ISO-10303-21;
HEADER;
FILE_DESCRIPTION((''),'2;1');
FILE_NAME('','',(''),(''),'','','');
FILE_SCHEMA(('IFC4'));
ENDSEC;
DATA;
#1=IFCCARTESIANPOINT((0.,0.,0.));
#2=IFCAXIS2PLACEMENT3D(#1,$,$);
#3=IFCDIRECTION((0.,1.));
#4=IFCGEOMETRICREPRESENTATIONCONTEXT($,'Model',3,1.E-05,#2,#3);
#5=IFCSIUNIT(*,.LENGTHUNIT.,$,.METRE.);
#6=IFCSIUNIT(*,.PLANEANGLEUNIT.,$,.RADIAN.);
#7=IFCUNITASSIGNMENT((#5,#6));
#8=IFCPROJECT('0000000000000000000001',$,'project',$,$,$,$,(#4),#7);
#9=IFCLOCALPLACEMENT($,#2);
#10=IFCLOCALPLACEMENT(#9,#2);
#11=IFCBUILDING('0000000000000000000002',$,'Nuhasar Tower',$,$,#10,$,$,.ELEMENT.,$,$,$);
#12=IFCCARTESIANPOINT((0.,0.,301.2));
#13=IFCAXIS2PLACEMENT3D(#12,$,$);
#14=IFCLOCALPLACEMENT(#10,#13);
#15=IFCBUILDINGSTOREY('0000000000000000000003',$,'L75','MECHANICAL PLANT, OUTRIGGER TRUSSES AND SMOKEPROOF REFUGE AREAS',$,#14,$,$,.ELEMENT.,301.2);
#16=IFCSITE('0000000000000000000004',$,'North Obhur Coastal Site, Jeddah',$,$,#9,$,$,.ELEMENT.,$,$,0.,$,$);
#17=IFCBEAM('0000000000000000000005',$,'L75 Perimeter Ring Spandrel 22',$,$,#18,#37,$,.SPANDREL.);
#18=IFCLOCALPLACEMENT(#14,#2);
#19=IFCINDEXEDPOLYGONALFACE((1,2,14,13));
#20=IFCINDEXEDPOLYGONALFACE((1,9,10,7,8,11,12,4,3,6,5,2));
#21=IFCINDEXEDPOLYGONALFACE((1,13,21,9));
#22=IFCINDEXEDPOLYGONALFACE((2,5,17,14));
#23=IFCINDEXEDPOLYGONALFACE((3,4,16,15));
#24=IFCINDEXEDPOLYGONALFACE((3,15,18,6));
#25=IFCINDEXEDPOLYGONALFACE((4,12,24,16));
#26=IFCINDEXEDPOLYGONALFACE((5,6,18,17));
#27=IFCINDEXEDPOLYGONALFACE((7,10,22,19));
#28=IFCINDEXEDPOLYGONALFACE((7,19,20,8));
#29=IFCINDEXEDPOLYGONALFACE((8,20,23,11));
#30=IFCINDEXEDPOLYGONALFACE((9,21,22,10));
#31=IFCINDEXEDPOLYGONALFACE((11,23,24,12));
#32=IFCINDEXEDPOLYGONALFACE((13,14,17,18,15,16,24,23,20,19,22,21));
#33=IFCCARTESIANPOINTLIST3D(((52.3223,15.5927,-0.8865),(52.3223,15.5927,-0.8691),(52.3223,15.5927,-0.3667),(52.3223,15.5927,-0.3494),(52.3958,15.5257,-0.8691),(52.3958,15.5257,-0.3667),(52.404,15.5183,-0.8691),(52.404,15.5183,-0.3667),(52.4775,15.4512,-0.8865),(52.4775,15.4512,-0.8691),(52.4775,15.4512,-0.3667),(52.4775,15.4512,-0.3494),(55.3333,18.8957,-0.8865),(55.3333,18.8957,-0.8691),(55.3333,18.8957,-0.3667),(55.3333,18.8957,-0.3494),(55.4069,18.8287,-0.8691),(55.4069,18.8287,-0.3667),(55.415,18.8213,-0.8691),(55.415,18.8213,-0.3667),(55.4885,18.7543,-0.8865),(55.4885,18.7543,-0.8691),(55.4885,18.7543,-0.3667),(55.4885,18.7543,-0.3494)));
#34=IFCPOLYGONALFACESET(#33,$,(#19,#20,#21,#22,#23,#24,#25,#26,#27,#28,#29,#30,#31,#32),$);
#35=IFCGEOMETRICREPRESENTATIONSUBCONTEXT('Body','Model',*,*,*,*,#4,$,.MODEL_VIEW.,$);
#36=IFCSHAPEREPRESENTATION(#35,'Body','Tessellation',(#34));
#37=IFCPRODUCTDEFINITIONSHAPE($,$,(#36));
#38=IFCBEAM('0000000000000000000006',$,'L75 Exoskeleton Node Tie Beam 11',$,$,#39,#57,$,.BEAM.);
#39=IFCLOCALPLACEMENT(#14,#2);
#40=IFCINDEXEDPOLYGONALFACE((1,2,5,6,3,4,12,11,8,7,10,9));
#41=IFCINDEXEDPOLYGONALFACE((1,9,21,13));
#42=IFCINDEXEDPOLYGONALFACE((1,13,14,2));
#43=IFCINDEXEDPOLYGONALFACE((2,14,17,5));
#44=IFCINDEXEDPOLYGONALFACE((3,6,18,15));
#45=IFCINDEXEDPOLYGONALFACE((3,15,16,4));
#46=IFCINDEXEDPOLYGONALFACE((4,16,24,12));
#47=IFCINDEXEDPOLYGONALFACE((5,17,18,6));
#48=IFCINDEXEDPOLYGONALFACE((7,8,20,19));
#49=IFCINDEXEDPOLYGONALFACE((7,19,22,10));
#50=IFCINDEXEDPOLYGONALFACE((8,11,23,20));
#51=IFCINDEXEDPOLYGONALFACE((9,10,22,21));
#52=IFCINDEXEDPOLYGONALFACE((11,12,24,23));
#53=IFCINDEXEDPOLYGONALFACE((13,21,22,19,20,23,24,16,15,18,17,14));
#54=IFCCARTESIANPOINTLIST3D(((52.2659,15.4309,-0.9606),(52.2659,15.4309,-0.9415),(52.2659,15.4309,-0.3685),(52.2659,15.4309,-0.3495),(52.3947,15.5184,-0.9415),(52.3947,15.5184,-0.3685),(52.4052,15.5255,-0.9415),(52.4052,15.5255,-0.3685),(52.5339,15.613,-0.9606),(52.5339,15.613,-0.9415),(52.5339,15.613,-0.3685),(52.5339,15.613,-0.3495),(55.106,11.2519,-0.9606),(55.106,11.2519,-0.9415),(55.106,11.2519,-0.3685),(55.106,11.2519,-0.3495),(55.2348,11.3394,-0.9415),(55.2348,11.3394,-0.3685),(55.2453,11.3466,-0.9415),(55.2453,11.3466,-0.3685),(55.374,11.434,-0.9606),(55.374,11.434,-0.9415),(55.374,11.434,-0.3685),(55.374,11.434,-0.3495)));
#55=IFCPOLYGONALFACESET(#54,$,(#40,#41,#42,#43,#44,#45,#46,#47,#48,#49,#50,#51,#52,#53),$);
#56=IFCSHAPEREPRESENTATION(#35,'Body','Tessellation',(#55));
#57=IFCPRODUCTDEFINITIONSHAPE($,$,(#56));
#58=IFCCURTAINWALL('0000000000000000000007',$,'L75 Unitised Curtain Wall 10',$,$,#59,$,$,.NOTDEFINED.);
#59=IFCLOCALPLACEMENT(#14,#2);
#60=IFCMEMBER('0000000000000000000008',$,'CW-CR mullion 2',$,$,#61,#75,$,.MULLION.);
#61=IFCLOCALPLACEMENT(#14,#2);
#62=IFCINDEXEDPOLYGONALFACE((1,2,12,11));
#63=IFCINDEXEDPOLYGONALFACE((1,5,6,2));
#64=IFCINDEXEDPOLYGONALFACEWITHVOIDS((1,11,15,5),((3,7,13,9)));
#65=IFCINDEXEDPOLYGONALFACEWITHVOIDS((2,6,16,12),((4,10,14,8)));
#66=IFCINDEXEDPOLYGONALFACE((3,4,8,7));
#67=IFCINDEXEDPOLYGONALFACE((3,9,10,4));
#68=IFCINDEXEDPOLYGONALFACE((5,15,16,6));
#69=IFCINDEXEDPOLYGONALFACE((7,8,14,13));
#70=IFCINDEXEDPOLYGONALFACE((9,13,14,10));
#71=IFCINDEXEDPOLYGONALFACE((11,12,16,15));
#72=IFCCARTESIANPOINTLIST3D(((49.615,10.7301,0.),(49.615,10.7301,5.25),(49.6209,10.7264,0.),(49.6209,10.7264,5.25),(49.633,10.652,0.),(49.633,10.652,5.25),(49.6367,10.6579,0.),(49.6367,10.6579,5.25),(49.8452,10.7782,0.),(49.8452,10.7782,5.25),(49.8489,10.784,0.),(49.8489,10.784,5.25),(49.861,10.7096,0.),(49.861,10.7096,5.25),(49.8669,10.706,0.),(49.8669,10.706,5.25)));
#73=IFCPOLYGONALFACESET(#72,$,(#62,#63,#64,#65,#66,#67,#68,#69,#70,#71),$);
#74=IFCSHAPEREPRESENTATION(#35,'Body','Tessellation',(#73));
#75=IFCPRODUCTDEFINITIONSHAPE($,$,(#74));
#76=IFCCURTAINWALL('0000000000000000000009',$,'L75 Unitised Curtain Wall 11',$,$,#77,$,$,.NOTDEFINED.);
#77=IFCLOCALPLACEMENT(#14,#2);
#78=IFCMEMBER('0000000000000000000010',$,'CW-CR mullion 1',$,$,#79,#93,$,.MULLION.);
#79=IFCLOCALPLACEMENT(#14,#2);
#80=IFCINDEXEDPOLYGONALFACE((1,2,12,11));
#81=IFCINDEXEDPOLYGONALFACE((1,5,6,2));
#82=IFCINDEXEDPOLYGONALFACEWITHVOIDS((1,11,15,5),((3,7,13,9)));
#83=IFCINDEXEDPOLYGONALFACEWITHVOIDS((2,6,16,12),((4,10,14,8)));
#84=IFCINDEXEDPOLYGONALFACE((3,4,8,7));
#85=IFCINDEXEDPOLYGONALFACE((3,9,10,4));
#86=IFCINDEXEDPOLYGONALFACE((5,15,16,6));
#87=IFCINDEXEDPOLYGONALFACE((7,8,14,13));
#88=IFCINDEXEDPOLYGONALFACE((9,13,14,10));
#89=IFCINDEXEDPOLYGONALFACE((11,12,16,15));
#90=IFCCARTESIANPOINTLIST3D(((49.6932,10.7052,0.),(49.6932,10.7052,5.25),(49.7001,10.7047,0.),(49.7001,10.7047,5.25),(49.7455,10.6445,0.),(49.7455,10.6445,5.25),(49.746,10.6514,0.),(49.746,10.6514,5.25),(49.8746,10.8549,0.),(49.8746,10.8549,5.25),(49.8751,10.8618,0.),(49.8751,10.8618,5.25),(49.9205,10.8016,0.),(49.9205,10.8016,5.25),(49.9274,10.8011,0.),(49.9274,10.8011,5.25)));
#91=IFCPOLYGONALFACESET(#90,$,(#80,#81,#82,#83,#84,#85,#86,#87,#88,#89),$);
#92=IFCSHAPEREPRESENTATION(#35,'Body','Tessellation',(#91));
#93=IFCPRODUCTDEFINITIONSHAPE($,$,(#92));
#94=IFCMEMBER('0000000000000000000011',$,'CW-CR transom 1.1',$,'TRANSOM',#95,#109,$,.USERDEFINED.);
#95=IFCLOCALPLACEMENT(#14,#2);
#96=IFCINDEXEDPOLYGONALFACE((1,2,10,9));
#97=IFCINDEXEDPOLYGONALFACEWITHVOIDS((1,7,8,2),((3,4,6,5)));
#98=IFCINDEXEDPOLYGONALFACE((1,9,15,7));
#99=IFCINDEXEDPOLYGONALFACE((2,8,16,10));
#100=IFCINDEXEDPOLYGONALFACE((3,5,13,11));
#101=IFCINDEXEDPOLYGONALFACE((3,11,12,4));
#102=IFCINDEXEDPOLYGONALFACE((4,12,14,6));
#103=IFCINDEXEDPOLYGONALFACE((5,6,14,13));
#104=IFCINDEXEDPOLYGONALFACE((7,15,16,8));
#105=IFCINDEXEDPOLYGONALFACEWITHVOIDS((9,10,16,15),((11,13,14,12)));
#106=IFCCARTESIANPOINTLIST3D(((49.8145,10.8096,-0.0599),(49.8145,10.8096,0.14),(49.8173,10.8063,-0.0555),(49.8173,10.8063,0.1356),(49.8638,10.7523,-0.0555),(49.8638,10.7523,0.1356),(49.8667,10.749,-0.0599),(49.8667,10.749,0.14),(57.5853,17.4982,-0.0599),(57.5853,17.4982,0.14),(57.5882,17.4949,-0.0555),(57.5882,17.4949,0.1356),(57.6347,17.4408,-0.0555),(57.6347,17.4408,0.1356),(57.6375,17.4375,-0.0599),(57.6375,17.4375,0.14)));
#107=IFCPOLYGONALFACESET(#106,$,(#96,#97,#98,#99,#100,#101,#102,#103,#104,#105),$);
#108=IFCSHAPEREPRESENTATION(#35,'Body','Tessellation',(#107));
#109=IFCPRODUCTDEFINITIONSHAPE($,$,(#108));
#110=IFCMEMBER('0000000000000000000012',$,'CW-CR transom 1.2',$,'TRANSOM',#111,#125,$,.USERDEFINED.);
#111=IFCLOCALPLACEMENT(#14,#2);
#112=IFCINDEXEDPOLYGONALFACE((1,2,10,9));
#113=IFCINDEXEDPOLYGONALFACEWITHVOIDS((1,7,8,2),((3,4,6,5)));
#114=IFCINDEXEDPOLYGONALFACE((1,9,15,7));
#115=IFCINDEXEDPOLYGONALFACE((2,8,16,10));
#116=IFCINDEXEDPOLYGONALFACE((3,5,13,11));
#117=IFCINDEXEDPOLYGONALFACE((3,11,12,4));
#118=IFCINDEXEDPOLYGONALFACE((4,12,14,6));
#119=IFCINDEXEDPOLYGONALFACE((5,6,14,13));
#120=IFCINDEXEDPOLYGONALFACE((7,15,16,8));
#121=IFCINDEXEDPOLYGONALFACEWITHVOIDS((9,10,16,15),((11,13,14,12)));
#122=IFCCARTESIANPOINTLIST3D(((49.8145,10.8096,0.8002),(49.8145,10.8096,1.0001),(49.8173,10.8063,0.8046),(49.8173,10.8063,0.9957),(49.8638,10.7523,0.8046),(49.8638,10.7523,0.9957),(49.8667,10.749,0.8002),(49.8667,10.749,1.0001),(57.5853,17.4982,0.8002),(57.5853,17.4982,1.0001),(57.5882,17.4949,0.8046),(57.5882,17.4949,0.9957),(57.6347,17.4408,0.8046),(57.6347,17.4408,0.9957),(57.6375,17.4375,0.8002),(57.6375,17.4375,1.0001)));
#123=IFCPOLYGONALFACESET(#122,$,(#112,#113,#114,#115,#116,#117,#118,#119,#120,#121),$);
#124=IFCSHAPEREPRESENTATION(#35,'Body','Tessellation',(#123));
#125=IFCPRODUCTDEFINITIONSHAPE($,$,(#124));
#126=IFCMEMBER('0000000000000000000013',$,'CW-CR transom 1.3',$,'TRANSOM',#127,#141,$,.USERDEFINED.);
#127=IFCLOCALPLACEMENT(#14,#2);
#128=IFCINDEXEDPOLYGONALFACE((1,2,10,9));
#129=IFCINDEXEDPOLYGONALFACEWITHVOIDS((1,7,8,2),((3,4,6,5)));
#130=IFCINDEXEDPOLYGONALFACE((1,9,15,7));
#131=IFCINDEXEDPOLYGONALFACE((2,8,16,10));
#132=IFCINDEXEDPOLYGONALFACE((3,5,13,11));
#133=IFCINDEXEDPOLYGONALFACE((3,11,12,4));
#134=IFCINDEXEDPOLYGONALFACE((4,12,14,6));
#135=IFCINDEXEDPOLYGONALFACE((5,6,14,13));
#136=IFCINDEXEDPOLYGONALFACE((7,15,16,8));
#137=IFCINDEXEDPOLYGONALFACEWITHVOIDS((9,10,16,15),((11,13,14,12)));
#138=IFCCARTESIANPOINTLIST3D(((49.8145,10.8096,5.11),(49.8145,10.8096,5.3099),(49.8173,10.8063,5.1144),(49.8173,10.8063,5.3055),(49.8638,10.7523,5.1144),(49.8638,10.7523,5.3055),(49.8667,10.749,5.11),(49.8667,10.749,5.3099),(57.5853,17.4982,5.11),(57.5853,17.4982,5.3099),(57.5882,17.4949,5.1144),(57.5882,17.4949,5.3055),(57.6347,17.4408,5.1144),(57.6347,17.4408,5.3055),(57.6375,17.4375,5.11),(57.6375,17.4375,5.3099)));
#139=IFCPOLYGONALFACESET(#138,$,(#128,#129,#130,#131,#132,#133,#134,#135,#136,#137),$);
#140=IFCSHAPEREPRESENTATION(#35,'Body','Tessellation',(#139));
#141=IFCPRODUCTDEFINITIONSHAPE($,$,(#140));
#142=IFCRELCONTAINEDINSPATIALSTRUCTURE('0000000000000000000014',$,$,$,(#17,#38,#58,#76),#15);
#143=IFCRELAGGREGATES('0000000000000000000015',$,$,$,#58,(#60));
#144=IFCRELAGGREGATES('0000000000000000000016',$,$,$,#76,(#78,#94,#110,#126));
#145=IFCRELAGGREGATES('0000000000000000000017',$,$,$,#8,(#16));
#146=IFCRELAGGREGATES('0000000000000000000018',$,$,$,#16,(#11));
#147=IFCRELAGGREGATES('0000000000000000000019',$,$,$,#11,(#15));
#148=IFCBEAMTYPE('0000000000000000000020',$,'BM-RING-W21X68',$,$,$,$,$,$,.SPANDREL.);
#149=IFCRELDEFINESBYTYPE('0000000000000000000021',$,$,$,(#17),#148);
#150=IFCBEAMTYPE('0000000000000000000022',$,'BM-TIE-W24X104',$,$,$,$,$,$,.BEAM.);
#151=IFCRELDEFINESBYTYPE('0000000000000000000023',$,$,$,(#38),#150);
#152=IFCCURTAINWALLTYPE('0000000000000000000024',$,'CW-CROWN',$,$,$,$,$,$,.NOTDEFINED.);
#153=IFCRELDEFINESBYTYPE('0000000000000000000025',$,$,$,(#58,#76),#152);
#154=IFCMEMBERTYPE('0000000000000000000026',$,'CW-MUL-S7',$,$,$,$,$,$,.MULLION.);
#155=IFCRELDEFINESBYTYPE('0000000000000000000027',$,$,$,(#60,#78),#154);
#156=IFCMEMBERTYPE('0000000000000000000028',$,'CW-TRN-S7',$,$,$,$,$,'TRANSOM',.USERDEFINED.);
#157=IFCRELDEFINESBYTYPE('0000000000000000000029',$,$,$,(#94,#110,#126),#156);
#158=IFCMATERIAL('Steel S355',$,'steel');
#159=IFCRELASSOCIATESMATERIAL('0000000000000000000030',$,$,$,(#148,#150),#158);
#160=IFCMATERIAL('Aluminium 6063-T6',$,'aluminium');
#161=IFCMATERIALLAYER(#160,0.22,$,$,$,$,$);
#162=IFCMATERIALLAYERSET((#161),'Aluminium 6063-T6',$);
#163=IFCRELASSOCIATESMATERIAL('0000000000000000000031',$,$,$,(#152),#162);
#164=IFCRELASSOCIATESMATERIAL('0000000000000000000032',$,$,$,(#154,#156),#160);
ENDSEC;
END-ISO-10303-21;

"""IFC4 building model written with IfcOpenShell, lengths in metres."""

from ifc_helpers import new_model, si_unit, direction, frame, origin, origin_2d, place, context, subcontext, project, spatial, hollow_rectangle, i_section, extrude, material, layer, layer_set, material_profile, profile_set, type_object, element, aggregate, save


model = new_model("IFC4")

# Units and contexts
model_context = context("Model", 3, precision=1e-05, world=origin(), true_north=direction((0.0, 1.0)))
body_context = subcontext(model_context, "Body", "Model", "MODEL_VIEW")
ifc_project = project(units=[si_unit("LENGTHUNIT", "METRE"), si_unit("PLANEANGLEUNIT", "RADIAN")], contexts=[model_context])

# Site, building, storey
site_placement = place(None, origin())
site = spatial("IfcSite", under=ifc_project, at=site_placement, Name="North Obhur Coastal Site, Jeddah", CompositionType="ELEMENT", RefElevation=0.0)
building_placement = place(site_placement, origin())
building = spatial("IfcBuilding", under=site, at=building_placement, Name="Nuhasar Tower", CompositionType="ELEMENT")
storey_placement = place(building_placement, frame((0.0, 0.0, 301.2)))
storey = spatial("IfcBuildingStorey", under=building, at=storey_placement, Name="L75", Description="MECHANICAL PLANT, OUTRIGGER TRUSSES AND SMOKEPROOF REFUGE AREAS", CompositionType="ELEMENT", Elevation=301.2)

# Beams
ifc_material_1 = material(Name="Steel S355", Category="steel")
ifc_material_profile_1 = material_profile(ifc_material_1, i_section(OverallWidth=0.21, OverallDepth=0.5371, WebThickness=0.011, FlangeThickness=0.0173, at=origin_2d()), Name="W21X68")
ifc_profile_set_1 = profile_set([ifc_material_profile_1], Name="Steel S355")
beam_type_1 = type_object("IfcBeamType", Name="BM-RING-W21X68", PredefinedType="SPANDREL", material=ifc_profile_set_1)
beam_1_placement = place(storey_placement, frame((52.3999, 15.522, -0.6179), z_axis=(0.673686, 0.739017, 0.0), x_axis=(-0.739017, 0.673686, 0.0)))
element("IfcBeam", 1, at=beam_1_placement, inside=storey, type_object=beam_type_1, Name="L75 Perimeter Ring Spandrel 22", PredefinedType="SPANDREL", context=body_context, shape_type="SweptSolid", body=[
    extrude(i_section(OverallWidth=0.21, OverallDepth=0.5371, WebThickness=0.011, FlangeThickness=0.0173, at=origin_2d()), origin(), (0.0, 0.0, 1.0), 4.4695),
])
ifc_material_profile_2 = material_profile(ifc_material_1, i_section(OverallWidth=0.324, OverallDepth=0.6111, WebThickness=0.0127, FlangeThickness=0.019, at=origin_2d()), Name="W24X104")
ifc_profile_set_2 = profile_set([ifc_material_profile_2], Name="Steel S355")
beam_type_2 = type_object("IfcBeamType", Name="BM-TIE-W24X104", PredefinedType="BEAM", material=ifc_profile_set_2)
beam_2_placement = place(storey_placement, frame((52.3999, 15.522, -0.655), z_axis=(0.562093, -0.827074, 0.0), x_axis=(0.827074, 0.562093, 0.0)))
element("IfcBeam", 2, at=beam_2_placement, inside=storey, type_object=beam_type_2, Name="L75 Exoskeleton Node Tie Beam 11", PredefinedType="BEAM", context=body_context, shape_type="SweptSolid", body=[
    extrude(i_section(OverallWidth=0.324, OverallDepth=0.6111, WebThickness=0.0127, FlangeThickness=0.019, at=origin_2d()), origin(), (0.0, 0.0, 1.0), 5.0527),
])

# Curtain wall, member
ifc_material_2 = material(Name="Aluminium 6063-T6", Category="aluminium")
ifc_layer_1 = layer(ifc_material_2, 0.22)
ifc_layer_set_1 = layer_set([ifc_layer_1], Name="Aluminium 6063-T6")
curtain_wall_type = type_object("IfcCurtainWallType", Name="CW-CROWN", PredefinedType="NOTDEFINED", material=ifc_layer_set_1)
curtain_wall_1_placement = place(storey_placement, origin())
curtain_wall_1 = element("IfcCurtainWall", 3, at=curtain_wall_1_placement, inside=storey, type_object=curtain_wall_type, Name="L75 Unitised Curtain Wall 10", PredefinedType="NOTDEFINED")
ifc_material_profile_3 = material_profile(ifc_material_2, hollow_rectangle(XDim=0.0801, YDim=0.24, WallThickness=0.0049, at=origin_2d()), Name="CWM-7")
ifc_profile_set_3 = profile_set([ifc_material_profile_3], Name="Aluminium 6063-T6")
member_type_1 = type_object("IfcMemberType", Name="CW-MUL-S7", PredefinedType="MULLION", material=ifc_profile_set_3)
member_1_placement = place(storey_placement, frame((49.741, 10.718, 0.0), z_axis=(0.0, 0.0, 1.0), x_axis=(-0.2248, 0.974405, 0.0)))
member_1 = element("IfcMember", 4, at=member_1_placement, type_object=member_type_1, Name="CW-CR mullion 2", PredefinedType="MULLION", context=body_context, shape_type="SweptSolid", body=[
    extrude(hollow_rectangle(XDim=0.0801, YDim=0.24, WallThickness=0.0049, at=origin_2d()), origin(), (0.0, 0.0, 1.0), 5.25),
])
aggregate(curtain_wall_1, [member_1])

# Curtain wall, members
curtain_wall_2_placement = place(storey_placement, origin())
curtain_wall_2 = element("IfcCurtainWall", 5, at=curtain_wall_2_placement, inside=storey, type_object=curtain_wall_type, Name="L75 Unitised Curtain Wall 11", PredefinedType="NOTDEFINED")
member_2_placement = place(storey_placement, frame((49.8103, 10.7532, 0.0), z_axis=(0.0, 0.0, 1.0), x_axis=(-0.652364, 0.757906, 0.0)))
member_2 = element("IfcMember", 6, at=member_2_placement, type_object=member_type_1, Name="CW-CR mullion 1", PredefinedType="MULLION", context=body_context, shape_type="SweptSolid", body=[
    extrude(hollow_rectangle(XDim=0.0801, YDim=0.24, WallThickness=0.0049, at=origin_2d()), origin(), (0.0, 0.0, 1.0), 5.25),
])
ifc_material_profile_4 = material_profile(ifc_material_2, hollow_rectangle(XDim=0.0801, YDim=0.2, WallThickness=0.0044, at=origin_2d()), Name="CWT-7")
ifc_profile_set_4 = profile_set([ifc_material_profile_4], Name="Aluminium 6063-T6")
member_type_2 = type_object("IfcMemberType", Name="CW-TRN-S7", ElementType="TRANSOM", PredefinedType="USERDEFINED", material=ifc_profile_set_4)
member_3_placement = place(storey_placement, frame((49.8406, 10.7793, 0.04), z_axis=(0.757914, 0.652355, 0.0), x_axis=(-0.652355, 0.757914, 0.0)))
member_3 = element("IfcMember", 7, at=member_3_placement, type_object=member_type_2, Name="CW-CR transom 1.1", ObjectType="TRANSOM", PredefinedType="USERDEFINED", context=body_context, shape_type="SweptSolid", body=[
    extrude(hollow_rectangle(XDim=0.0801, YDim=0.2, WallThickness=0.0044, at=origin_2d()), origin(), (0.0, 0.0, 1.0), 10.2529),
])
member_4_placement = place(storey_placement, frame((49.8406, 10.7793, 0.9001), z_axis=(0.757914, 0.652355, 0.0), x_axis=(-0.652355, 0.757914, 0.0)))
member_4 = element("IfcMember", 8, at=member_4_placement, type_object=member_type_2, Name="CW-CR transom 1.2", ObjectType="TRANSOM", PredefinedType="USERDEFINED", context=body_context, shape_type="SweptSolid", body=[
    extrude(hollow_rectangle(XDim=0.0801, YDim=0.2, WallThickness=0.0044, at=origin_2d()), origin(), (0.0, 0.0, 1.0), 10.2529),
])
member_5_placement = place(storey_placement, frame((49.8406, 10.7793, 5.21), z_axis=(0.757914, 0.652355, 0.0), x_axis=(-0.652355, 0.757914, 0.0)))
member_5 = element("IfcMember", 9, at=member_5_placement, type_object=member_type_2, Name="CW-CR transom 1.3", ObjectType="TRANSOM", PredefinedType="USERDEFINED", context=body_context, shape_type="SweptSolid", body=[
    extrude(hollow_rectangle(XDim=0.0801, YDim=0.2, WallThickness=0.0044, at=origin_2d()), origin(), (0.0, 0.0, 1.0), 10.2529),
])

aggregate(curtain_wall_2, [member_2, member_3, member_4, member_5])

save(model, "model.ifc")
